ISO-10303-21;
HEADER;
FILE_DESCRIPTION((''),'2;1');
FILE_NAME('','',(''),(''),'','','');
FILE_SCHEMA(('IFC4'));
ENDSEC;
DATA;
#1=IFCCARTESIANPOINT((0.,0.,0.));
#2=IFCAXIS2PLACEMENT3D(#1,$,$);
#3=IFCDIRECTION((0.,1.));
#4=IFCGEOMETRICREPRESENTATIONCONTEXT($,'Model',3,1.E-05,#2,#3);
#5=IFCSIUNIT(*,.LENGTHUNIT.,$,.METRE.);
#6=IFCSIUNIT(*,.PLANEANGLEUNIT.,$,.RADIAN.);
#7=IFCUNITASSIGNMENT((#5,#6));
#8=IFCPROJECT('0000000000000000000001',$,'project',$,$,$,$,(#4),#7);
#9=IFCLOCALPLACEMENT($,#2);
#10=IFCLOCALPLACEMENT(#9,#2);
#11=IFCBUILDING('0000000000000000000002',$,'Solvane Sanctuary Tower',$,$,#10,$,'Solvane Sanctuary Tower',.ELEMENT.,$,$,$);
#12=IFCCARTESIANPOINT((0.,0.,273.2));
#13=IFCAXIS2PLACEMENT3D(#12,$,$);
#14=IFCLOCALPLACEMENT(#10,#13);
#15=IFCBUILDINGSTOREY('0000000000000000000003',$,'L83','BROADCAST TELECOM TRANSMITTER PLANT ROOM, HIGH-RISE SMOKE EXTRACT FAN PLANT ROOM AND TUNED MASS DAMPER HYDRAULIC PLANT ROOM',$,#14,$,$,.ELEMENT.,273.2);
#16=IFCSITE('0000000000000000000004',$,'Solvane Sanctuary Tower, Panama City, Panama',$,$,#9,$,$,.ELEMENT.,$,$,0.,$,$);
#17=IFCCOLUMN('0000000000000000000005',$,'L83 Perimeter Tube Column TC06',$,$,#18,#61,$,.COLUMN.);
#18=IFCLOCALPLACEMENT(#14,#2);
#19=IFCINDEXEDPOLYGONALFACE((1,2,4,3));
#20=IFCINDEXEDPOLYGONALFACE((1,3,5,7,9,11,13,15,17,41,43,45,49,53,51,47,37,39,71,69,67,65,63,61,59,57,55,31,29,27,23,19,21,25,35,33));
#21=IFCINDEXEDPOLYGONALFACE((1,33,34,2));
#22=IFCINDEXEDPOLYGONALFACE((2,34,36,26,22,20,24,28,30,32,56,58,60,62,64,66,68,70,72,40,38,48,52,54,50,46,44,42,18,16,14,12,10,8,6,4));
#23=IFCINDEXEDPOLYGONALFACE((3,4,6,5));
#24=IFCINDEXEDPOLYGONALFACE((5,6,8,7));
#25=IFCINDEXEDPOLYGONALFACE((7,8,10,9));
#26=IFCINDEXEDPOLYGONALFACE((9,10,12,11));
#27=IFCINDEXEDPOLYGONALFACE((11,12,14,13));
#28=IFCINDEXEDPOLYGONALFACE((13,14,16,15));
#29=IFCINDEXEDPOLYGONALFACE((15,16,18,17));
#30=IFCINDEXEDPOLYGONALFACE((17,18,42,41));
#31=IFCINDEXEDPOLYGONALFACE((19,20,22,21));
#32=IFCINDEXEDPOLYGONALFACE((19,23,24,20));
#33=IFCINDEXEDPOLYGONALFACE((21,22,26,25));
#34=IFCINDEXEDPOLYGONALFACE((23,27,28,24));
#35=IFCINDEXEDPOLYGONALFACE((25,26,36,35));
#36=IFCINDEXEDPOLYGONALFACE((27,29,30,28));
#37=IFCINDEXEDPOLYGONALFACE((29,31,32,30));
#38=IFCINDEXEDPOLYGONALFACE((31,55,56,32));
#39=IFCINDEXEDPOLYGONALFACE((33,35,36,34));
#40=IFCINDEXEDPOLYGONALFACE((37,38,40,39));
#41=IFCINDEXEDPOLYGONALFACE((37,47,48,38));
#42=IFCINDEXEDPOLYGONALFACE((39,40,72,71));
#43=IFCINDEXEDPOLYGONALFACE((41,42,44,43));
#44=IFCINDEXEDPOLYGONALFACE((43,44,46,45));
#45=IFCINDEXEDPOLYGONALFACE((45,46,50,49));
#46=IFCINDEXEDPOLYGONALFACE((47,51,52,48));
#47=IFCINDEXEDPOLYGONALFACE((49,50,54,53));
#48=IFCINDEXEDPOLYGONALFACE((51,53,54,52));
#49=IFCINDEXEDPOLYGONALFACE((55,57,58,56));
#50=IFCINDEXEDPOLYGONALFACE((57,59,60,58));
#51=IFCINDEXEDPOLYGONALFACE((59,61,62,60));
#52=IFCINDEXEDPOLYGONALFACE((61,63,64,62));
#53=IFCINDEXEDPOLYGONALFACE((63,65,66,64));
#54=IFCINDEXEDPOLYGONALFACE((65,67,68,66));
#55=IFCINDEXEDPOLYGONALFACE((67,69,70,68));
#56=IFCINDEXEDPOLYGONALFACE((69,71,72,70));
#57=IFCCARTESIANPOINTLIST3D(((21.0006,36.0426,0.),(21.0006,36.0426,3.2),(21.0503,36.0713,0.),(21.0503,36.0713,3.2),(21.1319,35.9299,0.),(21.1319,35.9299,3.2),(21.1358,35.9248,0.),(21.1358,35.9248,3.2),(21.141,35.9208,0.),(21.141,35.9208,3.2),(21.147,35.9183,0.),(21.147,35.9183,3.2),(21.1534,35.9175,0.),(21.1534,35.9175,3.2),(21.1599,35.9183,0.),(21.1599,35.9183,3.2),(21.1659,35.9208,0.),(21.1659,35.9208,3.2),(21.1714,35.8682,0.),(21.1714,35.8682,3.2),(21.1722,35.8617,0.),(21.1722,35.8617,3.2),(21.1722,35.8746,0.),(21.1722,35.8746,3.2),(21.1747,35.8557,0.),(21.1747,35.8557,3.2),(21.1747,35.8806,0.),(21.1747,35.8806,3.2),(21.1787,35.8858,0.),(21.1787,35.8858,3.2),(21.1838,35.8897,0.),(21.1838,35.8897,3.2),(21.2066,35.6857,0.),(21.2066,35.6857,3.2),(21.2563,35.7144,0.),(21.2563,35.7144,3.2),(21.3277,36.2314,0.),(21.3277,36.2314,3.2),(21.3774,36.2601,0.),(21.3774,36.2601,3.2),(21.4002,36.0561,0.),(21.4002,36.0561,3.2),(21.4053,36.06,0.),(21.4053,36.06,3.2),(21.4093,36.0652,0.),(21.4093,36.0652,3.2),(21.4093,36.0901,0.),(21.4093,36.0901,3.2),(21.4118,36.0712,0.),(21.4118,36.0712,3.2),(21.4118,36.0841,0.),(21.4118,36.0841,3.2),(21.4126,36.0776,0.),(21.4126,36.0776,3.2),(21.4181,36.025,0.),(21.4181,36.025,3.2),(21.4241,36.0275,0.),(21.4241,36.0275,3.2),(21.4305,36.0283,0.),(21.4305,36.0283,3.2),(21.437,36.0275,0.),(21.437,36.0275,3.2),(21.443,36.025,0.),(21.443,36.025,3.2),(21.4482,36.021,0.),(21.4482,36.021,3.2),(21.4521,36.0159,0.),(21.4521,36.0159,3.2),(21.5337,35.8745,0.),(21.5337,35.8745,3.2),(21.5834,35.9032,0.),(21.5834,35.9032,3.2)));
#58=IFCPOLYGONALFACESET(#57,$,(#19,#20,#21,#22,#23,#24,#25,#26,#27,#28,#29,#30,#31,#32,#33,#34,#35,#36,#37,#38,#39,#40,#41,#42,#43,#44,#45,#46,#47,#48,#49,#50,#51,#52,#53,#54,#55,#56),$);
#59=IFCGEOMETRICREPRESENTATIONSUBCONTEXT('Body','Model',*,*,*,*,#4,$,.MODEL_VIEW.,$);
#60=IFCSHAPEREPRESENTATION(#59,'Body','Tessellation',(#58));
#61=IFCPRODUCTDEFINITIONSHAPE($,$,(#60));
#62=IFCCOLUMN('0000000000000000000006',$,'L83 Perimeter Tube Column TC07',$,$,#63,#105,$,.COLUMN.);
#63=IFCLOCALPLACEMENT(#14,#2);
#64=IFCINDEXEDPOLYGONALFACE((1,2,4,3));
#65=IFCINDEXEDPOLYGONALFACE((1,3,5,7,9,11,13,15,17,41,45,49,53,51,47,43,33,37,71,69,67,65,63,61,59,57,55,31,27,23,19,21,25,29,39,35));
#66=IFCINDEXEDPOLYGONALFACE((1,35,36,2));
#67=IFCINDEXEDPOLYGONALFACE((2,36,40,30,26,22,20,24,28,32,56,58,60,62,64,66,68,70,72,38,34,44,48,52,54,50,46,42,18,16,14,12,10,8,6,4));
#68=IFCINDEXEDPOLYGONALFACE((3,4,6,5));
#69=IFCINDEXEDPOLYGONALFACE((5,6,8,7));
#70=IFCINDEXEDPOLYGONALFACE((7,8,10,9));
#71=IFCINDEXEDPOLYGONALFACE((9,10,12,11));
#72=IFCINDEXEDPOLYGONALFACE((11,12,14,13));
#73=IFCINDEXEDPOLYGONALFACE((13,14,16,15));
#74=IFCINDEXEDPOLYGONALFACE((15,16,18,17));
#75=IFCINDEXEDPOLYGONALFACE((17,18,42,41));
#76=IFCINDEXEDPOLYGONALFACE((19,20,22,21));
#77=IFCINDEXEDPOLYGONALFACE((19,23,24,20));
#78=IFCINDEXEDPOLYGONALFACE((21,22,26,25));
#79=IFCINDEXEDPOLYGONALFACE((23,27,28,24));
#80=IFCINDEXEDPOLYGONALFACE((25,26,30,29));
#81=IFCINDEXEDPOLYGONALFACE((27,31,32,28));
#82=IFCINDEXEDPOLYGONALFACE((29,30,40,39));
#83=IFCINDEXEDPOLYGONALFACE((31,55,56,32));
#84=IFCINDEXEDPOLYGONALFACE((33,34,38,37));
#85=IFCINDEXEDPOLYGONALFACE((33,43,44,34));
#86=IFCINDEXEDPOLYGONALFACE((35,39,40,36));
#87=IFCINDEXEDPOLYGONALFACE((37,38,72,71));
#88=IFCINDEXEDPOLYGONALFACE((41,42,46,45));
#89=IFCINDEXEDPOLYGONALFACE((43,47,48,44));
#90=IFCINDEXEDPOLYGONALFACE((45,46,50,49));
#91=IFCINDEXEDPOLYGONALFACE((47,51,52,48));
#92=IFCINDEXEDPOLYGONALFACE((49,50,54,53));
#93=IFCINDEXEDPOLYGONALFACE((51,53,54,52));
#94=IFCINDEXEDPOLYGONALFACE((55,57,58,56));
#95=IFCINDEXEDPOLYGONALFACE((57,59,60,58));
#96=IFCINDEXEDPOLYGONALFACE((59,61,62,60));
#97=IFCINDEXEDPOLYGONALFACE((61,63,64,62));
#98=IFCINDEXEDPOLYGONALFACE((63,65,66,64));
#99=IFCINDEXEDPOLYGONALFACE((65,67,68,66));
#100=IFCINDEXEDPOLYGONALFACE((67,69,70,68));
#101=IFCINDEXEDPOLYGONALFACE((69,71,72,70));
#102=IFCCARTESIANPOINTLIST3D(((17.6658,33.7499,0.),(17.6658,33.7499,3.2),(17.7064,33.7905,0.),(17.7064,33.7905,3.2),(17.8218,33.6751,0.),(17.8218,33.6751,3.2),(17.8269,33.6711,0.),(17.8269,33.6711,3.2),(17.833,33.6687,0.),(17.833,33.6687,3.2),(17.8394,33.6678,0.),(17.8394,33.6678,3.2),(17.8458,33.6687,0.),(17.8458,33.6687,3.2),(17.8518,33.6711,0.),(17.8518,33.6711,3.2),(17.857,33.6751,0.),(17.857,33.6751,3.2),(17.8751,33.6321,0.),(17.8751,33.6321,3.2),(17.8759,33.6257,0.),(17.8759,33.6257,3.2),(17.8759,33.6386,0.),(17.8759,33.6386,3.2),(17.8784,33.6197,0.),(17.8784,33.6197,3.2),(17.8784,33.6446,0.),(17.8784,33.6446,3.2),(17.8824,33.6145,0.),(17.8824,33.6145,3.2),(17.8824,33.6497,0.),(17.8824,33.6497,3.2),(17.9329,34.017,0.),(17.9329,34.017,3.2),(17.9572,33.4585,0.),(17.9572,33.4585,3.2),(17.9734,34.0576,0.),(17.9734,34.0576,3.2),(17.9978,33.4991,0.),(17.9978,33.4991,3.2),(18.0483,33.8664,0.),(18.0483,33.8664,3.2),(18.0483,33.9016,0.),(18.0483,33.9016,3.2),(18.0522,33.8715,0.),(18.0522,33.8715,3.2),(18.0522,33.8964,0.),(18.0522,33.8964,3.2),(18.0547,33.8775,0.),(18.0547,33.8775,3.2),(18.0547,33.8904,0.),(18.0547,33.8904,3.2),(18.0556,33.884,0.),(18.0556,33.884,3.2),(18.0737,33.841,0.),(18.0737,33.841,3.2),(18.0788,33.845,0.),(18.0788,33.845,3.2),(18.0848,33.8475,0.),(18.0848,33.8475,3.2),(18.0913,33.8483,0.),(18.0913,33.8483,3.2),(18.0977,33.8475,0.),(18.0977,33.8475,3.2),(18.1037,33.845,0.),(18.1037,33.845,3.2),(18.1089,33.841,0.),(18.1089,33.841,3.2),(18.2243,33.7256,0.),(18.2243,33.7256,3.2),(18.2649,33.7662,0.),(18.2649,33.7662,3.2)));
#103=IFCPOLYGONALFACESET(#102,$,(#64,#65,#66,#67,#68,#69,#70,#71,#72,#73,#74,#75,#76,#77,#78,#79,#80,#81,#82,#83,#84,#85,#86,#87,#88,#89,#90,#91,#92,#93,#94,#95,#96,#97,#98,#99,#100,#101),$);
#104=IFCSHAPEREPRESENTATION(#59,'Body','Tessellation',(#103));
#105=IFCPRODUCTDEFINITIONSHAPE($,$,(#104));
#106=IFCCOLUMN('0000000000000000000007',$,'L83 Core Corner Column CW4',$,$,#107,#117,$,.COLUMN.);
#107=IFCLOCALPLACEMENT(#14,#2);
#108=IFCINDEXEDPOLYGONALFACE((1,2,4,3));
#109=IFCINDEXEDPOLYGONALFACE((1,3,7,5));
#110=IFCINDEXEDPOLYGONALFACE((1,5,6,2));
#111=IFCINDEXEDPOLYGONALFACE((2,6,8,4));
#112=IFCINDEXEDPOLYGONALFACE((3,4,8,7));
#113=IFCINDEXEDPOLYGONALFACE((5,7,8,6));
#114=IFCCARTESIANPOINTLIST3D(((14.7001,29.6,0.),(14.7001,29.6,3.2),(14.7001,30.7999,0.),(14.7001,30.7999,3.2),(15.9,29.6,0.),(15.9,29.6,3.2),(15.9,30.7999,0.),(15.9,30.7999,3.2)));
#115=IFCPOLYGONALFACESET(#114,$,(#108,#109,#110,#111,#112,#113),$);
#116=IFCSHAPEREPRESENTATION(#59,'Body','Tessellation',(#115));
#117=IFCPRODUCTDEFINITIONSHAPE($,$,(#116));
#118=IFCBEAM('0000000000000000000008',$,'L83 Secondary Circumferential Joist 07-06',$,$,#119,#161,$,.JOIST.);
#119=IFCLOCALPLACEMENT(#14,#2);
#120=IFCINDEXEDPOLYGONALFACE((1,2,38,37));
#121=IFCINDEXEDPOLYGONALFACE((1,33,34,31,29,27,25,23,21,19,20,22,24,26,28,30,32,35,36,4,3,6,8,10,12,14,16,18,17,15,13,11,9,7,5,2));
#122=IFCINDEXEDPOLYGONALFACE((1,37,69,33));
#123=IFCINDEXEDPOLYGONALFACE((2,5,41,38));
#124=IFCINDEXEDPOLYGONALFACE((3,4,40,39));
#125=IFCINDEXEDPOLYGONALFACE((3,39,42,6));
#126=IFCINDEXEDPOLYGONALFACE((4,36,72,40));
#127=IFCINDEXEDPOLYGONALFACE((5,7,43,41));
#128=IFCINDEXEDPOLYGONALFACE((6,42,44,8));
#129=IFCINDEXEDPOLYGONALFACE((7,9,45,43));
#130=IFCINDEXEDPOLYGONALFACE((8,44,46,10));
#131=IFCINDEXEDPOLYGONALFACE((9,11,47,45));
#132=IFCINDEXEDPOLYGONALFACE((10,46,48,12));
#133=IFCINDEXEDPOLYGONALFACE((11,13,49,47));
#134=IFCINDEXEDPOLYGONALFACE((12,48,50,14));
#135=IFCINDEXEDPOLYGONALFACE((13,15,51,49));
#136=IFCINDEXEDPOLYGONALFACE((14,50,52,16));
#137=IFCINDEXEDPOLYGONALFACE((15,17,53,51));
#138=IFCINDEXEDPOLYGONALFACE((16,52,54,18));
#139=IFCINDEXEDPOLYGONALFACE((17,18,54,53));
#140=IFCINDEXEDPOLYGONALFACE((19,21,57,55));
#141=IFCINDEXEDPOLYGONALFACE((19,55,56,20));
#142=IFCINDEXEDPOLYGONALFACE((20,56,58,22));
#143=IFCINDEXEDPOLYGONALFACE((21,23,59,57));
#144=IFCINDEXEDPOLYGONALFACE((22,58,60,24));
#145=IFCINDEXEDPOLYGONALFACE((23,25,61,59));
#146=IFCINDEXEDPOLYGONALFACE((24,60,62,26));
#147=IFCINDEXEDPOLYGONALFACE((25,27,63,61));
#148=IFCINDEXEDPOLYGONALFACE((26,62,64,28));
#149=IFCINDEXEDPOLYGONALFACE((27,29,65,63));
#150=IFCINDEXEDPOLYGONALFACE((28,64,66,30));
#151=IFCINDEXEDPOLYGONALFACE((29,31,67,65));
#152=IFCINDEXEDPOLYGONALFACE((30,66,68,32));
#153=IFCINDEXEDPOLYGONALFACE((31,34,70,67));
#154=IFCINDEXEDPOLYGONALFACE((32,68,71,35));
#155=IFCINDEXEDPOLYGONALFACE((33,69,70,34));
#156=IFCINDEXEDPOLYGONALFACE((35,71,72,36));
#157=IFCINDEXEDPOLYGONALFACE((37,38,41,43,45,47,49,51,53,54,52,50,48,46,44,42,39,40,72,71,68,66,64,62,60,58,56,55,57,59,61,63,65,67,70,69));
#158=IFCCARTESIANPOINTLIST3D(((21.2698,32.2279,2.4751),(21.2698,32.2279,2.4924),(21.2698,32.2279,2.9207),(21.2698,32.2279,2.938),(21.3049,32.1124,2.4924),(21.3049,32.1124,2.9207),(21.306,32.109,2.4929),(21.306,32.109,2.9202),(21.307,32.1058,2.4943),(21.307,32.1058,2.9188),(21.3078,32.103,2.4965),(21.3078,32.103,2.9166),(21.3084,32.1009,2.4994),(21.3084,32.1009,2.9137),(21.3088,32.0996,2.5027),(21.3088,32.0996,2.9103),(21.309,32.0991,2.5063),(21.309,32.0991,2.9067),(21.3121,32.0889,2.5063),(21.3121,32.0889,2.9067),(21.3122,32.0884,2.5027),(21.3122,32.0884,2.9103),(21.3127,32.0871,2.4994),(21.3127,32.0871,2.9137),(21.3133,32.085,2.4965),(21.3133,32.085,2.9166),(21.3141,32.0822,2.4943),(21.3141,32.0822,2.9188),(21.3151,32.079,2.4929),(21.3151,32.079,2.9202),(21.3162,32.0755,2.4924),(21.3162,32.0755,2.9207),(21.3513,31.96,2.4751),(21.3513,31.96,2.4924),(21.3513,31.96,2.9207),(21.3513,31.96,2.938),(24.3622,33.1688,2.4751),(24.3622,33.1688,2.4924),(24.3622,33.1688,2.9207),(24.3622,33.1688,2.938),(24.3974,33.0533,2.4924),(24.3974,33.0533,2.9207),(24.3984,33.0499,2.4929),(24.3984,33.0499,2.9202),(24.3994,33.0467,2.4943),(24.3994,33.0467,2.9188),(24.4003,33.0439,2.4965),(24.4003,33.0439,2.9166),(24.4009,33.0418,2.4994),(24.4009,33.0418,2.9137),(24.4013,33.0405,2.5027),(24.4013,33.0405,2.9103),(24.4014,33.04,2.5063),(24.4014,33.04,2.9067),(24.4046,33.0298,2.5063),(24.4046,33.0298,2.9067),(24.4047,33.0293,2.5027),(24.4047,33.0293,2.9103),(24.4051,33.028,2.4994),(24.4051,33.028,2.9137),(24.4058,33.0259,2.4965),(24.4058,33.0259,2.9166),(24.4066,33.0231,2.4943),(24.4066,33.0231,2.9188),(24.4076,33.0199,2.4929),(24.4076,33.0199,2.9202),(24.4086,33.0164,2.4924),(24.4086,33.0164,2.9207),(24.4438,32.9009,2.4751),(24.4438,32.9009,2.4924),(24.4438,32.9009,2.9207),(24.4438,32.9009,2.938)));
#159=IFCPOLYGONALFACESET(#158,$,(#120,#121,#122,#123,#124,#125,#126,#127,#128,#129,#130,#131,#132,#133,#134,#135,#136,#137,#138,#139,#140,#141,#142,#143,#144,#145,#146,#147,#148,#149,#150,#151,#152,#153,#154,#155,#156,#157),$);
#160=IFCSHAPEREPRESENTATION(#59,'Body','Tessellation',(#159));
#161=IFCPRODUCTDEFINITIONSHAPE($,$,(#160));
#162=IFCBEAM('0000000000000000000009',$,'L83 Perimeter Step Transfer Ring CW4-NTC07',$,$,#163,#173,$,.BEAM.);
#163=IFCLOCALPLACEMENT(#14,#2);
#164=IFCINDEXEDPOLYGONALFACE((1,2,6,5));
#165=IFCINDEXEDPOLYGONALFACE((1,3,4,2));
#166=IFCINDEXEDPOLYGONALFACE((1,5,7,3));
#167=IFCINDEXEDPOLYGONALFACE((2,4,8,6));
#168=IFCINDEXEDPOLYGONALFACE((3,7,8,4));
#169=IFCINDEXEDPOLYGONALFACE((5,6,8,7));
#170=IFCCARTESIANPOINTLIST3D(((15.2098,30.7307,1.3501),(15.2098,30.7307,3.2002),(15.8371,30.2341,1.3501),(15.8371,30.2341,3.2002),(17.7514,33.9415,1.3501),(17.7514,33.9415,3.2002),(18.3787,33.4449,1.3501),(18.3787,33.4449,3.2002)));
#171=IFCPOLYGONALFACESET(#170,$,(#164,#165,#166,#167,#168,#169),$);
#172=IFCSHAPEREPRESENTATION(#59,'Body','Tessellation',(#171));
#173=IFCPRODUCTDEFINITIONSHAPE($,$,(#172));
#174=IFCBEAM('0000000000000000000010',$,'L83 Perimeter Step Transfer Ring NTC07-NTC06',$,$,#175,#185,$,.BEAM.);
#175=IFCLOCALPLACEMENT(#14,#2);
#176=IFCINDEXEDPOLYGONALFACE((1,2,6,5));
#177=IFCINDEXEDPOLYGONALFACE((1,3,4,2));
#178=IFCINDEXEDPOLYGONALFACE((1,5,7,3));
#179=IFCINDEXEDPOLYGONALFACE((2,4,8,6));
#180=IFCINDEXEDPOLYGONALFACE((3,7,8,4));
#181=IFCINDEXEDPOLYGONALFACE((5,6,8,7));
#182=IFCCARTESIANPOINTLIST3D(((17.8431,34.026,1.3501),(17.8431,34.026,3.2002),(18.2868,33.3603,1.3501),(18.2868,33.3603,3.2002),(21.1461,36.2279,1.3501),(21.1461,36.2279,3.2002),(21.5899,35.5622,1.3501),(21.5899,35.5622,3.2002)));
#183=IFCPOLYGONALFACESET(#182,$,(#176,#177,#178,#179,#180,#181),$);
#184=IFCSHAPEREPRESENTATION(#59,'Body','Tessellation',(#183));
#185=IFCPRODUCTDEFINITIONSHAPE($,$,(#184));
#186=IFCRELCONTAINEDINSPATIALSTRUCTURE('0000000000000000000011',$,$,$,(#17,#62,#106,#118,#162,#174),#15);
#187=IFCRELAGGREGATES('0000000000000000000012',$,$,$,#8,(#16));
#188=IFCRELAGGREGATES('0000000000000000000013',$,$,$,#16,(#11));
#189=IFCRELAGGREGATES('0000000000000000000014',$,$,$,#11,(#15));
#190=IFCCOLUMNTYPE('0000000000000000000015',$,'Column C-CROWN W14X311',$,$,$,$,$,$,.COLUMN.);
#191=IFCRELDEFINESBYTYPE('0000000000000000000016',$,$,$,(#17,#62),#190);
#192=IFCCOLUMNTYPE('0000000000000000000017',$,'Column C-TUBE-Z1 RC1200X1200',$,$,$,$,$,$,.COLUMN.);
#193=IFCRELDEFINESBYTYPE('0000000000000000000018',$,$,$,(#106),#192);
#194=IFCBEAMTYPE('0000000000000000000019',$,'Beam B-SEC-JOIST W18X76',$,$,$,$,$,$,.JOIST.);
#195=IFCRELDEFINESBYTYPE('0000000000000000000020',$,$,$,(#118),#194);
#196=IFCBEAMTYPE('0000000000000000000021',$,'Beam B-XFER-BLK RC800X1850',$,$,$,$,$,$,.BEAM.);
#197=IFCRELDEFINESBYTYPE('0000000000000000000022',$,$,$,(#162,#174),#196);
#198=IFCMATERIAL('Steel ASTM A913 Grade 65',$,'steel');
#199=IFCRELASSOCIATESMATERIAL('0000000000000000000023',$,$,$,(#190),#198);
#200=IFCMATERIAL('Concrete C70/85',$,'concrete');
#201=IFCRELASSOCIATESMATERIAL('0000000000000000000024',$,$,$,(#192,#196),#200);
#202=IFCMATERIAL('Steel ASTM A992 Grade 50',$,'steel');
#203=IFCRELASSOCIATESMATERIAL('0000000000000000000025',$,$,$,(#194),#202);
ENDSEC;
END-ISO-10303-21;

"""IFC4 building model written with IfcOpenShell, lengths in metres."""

from ifc_helpers import new_model, si_unit, direction, frame, origin, origin_2d, place, context, subcontext, project, spatial, rectangle, i_section, extrude, material, material_profile, profile_set, type_object, element, save


model = new_model("IFC4")

# Units and contexts
model_context = context("Model", 3, precision=1e-05, world=origin(), true_north=direction((0.0, 1.0)))
body_context = subcontext(model_context, "Body", "Model", "MODEL_VIEW")
ifc_project = project(units=[si_unit("LENGTHUNIT", "METRE"), si_unit("PLANEANGLEUNIT", "RADIAN")], contexts=[model_context])

# Site, building, storey
site_placement = place(None, origin())
site = spatial("IfcSite", under=ifc_project, at=site_placement, Name="Solvane Sanctuary Tower, Panama City, Panama", CompositionType="ELEMENT", RefElevation=0.0)
building_placement = place(site_placement, origin())
building = spatial("IfcBuilding", under=site, at=building_placement, Name="Solvane Sanctuary Tower", LongName="Solvane Sanctuary Tower", CompositionType="ELEMENT")
storey_placement = place(building_placement, frame((0.0, 0.0, 273.2)))
storey = spatial("IfcBuildingStorey", under=building, at=storey_placement, Name="L83", Description="BROADCAST TELECOM TRANSMITTER PLANT ROOM, HIGH-RISE SMOKE EXTRACT FAN PLANT ROOM AND TUNED MASS DAMPER HYDRAULIC PLANT ROOM", CompositionType="ELEMENT", Elevation=273.2)

# Columns
ifc_material_1 = material(Name="Steel ASTM A913 Grade 65", Category="steel")
ifc_material_profile_1 = material_profile(ifc_material_1, i_section(OverallWidth=0.4121, OverallDepth=0.4351, WebThickness=0.0359, FlangeThickness=0.0574, FilletRadius=0.0249, at=origin_2d()), Name="W14X311")
ifc_profile_set_1 = profile_set([ifc_material_profile_1], Name="Steel ASTM A913 Grade 65")
column_type_1 = type_object("IfcColumnType", Name="Column C-CROWN W14X311", PredefinedType="COLUMN", material=ifc_profile_set_1)
for number, where, z_axis, x_axis, name in (
    (1, (21.292, 35.9729, 0.0), (0.0, 0.0, 1.0), (-0.5, 0.866025, 0.0), "L83 Perimeter Tube Column TC06"),
    (2, (17.9653, 33.7581, 0.0), (0.0, 0.0, 1.0), (-0.707107, 0.707107, 0.0), "L83 Perimeter Tube Column TC07"),
):
    element("IfcColumn", number, at=place(storey_placement, frame(where, z_axis=z_axis, x_axis=x_axis)), inside=storey, type_object=column_type_1, Name=name, PredefinedType="COLUMN", context=body_context, shape_type="SweptSolid", body=[
        extrude(i_section(OverallWidth=0.4121, OverallDepth=0.4351, WebThickness=0.0359, FlangeThickness=0.0574, FilletRadius=0.0249, at=origin_2d()), origin(), (0.0, 0.0, 1.0), 3.2),
    ])
ifc_material_2 = material(Name="Concrete C70/85", Category="concrete")
ifc_material_profile_2 = material_profile(ifc_material_2, rectangle(XDim=1.2, YDim=1.2, at=origin_2d()), Name="RC1200X1200")
ifc_profile_set_2 = profile_set([ifc_material_profile_2], Name="Concrete C70/85")
column_type_2 = type_object("IfcColumnType", Name="Column C-TUBE-Z1 RC1200X1200", PredefinedType="COLUMN", material=ifc_profile_set_2)
column_placement = place(storey_placement, frame((15.3, 30.2, 0.0), z_axis=(0.0, 0.0, 1.0), x_axis=(1.0, 0.0, 0.0)))
element("IfcColumn", 3, at=column_placement, inside=storey, type_object=column_type_2, Name="L83 Core Corner Column CW4", PredefinedType="COLUMN", context=body_context, shape_type="SweptSolid", body=[
    extrude(rectangle(XDim=1.2, YDim=1.2, at=origin_2d()), origin(), (0.0, 0.0, 1.0), 3.2),
])

# Beams
ifc_material_3 = material(Name="Steel ASTM A992 Grade 50", Category="steel")
ifc_material_profile_3 = material_profile(ifc_material_3, i_section(OverallWidth=0.28, OverallDepth=0.4629, WebThickness=0.0107, FlangeThickness=0.0173, FilletRadius=0.0139, at=origin_2d()), Name="W18X76")
ifc_profile_set_3 = profile_set([ifc_material_profile_3], Name="Steel ASTM A992 Grade 50")
beam_type_1 = type_object("IfcBeamType", Name="Beam B-SEC-JOIST W18X76", PredefinedType="JOIST", material=ifc_profile_set_3)
beam_1_placement = place(storey_placement, frame((21.3105, 32.094, 2.7065), z_axis=(0.956699, 0.29108, 0.0), x_axis=(-0.29108, 0.956699, 0.0)))
element("IfcBeam", 4, at=beam_1_placement, inside=storey, type_object=beam_type_1, Name="L83 Secondary Circumferential Joist 07-06", PredefinedType="JOIST", context=body_context, shape_type="SweptSolid", body=[
    extrude(i_section(OverallWidth=0.28, OverallDepth=0.4629, WebThickness=0.0107, FlangeThickness=0.0173, FilletRadius=0.0139, at=origin_2d()), origin(), (0.0, 0.0, 1.0), 3.2324),
])
ifc_material_profile_4 = material_profile(ifc_material_2, rectangle(XDim=0.8, YDim=1.8501, at=origin_2d()), Name="RC800X1850")
ifc_profile_set_4 = profile_set([ifc_material_profile_4], Name="Concrete C70/85")
beam_type_2 = type_object("IfcBeamType", Name="Beam B-XFER-BLK RC800X1850", PredefinedType="BEAM", material=ifc_profile_set_4)
beam_2_placement = place(storey_placement, frame((15.5234, 30.4824, 2.2751), z_axis=(0.620659, 0.784081, 0.0), x_axis=(-0.784081, 0.620659, 0.0)))
element("IfcBeam", 5, at=beam_2_placement, inside=storey, type_object=beam_type_2, Name="L83 Perimeter Step Transfer Ring CW4-NTC07", PredefinedType="BEAM", context=body_context, shape_type="SweptSolid", body=[
    extrude(rectangle(XDim=0.8, YDim=1.8501, at=origin_2d()), origin(), (0.0, 0.0, 1.0), 4.095),
])
beam_3_placement = place(storey_placement, frame((18.0649, 33.6931, 2.2751), z_axis=(0.83206, 0.554686, 0.0), x_axis=(-0.554686, 0.83206, 0.0)))
element("IfcBeam", 6, at=beam_3_placement, inside=storey, type_object=beam_type_2, Name="L83 Perimeter Step Transfer Ring NTC07-NTC06", PredefinedType="BEAM", context=body_context, shape_type="SweptSolid", body=[
    extrude(rectangle(XDim=0.8, YDim=1.8501, at=origin_2d()), origin(), (0.0, 0.0, 1.0), 3.9697),
])

save(model, "model.ifc")
